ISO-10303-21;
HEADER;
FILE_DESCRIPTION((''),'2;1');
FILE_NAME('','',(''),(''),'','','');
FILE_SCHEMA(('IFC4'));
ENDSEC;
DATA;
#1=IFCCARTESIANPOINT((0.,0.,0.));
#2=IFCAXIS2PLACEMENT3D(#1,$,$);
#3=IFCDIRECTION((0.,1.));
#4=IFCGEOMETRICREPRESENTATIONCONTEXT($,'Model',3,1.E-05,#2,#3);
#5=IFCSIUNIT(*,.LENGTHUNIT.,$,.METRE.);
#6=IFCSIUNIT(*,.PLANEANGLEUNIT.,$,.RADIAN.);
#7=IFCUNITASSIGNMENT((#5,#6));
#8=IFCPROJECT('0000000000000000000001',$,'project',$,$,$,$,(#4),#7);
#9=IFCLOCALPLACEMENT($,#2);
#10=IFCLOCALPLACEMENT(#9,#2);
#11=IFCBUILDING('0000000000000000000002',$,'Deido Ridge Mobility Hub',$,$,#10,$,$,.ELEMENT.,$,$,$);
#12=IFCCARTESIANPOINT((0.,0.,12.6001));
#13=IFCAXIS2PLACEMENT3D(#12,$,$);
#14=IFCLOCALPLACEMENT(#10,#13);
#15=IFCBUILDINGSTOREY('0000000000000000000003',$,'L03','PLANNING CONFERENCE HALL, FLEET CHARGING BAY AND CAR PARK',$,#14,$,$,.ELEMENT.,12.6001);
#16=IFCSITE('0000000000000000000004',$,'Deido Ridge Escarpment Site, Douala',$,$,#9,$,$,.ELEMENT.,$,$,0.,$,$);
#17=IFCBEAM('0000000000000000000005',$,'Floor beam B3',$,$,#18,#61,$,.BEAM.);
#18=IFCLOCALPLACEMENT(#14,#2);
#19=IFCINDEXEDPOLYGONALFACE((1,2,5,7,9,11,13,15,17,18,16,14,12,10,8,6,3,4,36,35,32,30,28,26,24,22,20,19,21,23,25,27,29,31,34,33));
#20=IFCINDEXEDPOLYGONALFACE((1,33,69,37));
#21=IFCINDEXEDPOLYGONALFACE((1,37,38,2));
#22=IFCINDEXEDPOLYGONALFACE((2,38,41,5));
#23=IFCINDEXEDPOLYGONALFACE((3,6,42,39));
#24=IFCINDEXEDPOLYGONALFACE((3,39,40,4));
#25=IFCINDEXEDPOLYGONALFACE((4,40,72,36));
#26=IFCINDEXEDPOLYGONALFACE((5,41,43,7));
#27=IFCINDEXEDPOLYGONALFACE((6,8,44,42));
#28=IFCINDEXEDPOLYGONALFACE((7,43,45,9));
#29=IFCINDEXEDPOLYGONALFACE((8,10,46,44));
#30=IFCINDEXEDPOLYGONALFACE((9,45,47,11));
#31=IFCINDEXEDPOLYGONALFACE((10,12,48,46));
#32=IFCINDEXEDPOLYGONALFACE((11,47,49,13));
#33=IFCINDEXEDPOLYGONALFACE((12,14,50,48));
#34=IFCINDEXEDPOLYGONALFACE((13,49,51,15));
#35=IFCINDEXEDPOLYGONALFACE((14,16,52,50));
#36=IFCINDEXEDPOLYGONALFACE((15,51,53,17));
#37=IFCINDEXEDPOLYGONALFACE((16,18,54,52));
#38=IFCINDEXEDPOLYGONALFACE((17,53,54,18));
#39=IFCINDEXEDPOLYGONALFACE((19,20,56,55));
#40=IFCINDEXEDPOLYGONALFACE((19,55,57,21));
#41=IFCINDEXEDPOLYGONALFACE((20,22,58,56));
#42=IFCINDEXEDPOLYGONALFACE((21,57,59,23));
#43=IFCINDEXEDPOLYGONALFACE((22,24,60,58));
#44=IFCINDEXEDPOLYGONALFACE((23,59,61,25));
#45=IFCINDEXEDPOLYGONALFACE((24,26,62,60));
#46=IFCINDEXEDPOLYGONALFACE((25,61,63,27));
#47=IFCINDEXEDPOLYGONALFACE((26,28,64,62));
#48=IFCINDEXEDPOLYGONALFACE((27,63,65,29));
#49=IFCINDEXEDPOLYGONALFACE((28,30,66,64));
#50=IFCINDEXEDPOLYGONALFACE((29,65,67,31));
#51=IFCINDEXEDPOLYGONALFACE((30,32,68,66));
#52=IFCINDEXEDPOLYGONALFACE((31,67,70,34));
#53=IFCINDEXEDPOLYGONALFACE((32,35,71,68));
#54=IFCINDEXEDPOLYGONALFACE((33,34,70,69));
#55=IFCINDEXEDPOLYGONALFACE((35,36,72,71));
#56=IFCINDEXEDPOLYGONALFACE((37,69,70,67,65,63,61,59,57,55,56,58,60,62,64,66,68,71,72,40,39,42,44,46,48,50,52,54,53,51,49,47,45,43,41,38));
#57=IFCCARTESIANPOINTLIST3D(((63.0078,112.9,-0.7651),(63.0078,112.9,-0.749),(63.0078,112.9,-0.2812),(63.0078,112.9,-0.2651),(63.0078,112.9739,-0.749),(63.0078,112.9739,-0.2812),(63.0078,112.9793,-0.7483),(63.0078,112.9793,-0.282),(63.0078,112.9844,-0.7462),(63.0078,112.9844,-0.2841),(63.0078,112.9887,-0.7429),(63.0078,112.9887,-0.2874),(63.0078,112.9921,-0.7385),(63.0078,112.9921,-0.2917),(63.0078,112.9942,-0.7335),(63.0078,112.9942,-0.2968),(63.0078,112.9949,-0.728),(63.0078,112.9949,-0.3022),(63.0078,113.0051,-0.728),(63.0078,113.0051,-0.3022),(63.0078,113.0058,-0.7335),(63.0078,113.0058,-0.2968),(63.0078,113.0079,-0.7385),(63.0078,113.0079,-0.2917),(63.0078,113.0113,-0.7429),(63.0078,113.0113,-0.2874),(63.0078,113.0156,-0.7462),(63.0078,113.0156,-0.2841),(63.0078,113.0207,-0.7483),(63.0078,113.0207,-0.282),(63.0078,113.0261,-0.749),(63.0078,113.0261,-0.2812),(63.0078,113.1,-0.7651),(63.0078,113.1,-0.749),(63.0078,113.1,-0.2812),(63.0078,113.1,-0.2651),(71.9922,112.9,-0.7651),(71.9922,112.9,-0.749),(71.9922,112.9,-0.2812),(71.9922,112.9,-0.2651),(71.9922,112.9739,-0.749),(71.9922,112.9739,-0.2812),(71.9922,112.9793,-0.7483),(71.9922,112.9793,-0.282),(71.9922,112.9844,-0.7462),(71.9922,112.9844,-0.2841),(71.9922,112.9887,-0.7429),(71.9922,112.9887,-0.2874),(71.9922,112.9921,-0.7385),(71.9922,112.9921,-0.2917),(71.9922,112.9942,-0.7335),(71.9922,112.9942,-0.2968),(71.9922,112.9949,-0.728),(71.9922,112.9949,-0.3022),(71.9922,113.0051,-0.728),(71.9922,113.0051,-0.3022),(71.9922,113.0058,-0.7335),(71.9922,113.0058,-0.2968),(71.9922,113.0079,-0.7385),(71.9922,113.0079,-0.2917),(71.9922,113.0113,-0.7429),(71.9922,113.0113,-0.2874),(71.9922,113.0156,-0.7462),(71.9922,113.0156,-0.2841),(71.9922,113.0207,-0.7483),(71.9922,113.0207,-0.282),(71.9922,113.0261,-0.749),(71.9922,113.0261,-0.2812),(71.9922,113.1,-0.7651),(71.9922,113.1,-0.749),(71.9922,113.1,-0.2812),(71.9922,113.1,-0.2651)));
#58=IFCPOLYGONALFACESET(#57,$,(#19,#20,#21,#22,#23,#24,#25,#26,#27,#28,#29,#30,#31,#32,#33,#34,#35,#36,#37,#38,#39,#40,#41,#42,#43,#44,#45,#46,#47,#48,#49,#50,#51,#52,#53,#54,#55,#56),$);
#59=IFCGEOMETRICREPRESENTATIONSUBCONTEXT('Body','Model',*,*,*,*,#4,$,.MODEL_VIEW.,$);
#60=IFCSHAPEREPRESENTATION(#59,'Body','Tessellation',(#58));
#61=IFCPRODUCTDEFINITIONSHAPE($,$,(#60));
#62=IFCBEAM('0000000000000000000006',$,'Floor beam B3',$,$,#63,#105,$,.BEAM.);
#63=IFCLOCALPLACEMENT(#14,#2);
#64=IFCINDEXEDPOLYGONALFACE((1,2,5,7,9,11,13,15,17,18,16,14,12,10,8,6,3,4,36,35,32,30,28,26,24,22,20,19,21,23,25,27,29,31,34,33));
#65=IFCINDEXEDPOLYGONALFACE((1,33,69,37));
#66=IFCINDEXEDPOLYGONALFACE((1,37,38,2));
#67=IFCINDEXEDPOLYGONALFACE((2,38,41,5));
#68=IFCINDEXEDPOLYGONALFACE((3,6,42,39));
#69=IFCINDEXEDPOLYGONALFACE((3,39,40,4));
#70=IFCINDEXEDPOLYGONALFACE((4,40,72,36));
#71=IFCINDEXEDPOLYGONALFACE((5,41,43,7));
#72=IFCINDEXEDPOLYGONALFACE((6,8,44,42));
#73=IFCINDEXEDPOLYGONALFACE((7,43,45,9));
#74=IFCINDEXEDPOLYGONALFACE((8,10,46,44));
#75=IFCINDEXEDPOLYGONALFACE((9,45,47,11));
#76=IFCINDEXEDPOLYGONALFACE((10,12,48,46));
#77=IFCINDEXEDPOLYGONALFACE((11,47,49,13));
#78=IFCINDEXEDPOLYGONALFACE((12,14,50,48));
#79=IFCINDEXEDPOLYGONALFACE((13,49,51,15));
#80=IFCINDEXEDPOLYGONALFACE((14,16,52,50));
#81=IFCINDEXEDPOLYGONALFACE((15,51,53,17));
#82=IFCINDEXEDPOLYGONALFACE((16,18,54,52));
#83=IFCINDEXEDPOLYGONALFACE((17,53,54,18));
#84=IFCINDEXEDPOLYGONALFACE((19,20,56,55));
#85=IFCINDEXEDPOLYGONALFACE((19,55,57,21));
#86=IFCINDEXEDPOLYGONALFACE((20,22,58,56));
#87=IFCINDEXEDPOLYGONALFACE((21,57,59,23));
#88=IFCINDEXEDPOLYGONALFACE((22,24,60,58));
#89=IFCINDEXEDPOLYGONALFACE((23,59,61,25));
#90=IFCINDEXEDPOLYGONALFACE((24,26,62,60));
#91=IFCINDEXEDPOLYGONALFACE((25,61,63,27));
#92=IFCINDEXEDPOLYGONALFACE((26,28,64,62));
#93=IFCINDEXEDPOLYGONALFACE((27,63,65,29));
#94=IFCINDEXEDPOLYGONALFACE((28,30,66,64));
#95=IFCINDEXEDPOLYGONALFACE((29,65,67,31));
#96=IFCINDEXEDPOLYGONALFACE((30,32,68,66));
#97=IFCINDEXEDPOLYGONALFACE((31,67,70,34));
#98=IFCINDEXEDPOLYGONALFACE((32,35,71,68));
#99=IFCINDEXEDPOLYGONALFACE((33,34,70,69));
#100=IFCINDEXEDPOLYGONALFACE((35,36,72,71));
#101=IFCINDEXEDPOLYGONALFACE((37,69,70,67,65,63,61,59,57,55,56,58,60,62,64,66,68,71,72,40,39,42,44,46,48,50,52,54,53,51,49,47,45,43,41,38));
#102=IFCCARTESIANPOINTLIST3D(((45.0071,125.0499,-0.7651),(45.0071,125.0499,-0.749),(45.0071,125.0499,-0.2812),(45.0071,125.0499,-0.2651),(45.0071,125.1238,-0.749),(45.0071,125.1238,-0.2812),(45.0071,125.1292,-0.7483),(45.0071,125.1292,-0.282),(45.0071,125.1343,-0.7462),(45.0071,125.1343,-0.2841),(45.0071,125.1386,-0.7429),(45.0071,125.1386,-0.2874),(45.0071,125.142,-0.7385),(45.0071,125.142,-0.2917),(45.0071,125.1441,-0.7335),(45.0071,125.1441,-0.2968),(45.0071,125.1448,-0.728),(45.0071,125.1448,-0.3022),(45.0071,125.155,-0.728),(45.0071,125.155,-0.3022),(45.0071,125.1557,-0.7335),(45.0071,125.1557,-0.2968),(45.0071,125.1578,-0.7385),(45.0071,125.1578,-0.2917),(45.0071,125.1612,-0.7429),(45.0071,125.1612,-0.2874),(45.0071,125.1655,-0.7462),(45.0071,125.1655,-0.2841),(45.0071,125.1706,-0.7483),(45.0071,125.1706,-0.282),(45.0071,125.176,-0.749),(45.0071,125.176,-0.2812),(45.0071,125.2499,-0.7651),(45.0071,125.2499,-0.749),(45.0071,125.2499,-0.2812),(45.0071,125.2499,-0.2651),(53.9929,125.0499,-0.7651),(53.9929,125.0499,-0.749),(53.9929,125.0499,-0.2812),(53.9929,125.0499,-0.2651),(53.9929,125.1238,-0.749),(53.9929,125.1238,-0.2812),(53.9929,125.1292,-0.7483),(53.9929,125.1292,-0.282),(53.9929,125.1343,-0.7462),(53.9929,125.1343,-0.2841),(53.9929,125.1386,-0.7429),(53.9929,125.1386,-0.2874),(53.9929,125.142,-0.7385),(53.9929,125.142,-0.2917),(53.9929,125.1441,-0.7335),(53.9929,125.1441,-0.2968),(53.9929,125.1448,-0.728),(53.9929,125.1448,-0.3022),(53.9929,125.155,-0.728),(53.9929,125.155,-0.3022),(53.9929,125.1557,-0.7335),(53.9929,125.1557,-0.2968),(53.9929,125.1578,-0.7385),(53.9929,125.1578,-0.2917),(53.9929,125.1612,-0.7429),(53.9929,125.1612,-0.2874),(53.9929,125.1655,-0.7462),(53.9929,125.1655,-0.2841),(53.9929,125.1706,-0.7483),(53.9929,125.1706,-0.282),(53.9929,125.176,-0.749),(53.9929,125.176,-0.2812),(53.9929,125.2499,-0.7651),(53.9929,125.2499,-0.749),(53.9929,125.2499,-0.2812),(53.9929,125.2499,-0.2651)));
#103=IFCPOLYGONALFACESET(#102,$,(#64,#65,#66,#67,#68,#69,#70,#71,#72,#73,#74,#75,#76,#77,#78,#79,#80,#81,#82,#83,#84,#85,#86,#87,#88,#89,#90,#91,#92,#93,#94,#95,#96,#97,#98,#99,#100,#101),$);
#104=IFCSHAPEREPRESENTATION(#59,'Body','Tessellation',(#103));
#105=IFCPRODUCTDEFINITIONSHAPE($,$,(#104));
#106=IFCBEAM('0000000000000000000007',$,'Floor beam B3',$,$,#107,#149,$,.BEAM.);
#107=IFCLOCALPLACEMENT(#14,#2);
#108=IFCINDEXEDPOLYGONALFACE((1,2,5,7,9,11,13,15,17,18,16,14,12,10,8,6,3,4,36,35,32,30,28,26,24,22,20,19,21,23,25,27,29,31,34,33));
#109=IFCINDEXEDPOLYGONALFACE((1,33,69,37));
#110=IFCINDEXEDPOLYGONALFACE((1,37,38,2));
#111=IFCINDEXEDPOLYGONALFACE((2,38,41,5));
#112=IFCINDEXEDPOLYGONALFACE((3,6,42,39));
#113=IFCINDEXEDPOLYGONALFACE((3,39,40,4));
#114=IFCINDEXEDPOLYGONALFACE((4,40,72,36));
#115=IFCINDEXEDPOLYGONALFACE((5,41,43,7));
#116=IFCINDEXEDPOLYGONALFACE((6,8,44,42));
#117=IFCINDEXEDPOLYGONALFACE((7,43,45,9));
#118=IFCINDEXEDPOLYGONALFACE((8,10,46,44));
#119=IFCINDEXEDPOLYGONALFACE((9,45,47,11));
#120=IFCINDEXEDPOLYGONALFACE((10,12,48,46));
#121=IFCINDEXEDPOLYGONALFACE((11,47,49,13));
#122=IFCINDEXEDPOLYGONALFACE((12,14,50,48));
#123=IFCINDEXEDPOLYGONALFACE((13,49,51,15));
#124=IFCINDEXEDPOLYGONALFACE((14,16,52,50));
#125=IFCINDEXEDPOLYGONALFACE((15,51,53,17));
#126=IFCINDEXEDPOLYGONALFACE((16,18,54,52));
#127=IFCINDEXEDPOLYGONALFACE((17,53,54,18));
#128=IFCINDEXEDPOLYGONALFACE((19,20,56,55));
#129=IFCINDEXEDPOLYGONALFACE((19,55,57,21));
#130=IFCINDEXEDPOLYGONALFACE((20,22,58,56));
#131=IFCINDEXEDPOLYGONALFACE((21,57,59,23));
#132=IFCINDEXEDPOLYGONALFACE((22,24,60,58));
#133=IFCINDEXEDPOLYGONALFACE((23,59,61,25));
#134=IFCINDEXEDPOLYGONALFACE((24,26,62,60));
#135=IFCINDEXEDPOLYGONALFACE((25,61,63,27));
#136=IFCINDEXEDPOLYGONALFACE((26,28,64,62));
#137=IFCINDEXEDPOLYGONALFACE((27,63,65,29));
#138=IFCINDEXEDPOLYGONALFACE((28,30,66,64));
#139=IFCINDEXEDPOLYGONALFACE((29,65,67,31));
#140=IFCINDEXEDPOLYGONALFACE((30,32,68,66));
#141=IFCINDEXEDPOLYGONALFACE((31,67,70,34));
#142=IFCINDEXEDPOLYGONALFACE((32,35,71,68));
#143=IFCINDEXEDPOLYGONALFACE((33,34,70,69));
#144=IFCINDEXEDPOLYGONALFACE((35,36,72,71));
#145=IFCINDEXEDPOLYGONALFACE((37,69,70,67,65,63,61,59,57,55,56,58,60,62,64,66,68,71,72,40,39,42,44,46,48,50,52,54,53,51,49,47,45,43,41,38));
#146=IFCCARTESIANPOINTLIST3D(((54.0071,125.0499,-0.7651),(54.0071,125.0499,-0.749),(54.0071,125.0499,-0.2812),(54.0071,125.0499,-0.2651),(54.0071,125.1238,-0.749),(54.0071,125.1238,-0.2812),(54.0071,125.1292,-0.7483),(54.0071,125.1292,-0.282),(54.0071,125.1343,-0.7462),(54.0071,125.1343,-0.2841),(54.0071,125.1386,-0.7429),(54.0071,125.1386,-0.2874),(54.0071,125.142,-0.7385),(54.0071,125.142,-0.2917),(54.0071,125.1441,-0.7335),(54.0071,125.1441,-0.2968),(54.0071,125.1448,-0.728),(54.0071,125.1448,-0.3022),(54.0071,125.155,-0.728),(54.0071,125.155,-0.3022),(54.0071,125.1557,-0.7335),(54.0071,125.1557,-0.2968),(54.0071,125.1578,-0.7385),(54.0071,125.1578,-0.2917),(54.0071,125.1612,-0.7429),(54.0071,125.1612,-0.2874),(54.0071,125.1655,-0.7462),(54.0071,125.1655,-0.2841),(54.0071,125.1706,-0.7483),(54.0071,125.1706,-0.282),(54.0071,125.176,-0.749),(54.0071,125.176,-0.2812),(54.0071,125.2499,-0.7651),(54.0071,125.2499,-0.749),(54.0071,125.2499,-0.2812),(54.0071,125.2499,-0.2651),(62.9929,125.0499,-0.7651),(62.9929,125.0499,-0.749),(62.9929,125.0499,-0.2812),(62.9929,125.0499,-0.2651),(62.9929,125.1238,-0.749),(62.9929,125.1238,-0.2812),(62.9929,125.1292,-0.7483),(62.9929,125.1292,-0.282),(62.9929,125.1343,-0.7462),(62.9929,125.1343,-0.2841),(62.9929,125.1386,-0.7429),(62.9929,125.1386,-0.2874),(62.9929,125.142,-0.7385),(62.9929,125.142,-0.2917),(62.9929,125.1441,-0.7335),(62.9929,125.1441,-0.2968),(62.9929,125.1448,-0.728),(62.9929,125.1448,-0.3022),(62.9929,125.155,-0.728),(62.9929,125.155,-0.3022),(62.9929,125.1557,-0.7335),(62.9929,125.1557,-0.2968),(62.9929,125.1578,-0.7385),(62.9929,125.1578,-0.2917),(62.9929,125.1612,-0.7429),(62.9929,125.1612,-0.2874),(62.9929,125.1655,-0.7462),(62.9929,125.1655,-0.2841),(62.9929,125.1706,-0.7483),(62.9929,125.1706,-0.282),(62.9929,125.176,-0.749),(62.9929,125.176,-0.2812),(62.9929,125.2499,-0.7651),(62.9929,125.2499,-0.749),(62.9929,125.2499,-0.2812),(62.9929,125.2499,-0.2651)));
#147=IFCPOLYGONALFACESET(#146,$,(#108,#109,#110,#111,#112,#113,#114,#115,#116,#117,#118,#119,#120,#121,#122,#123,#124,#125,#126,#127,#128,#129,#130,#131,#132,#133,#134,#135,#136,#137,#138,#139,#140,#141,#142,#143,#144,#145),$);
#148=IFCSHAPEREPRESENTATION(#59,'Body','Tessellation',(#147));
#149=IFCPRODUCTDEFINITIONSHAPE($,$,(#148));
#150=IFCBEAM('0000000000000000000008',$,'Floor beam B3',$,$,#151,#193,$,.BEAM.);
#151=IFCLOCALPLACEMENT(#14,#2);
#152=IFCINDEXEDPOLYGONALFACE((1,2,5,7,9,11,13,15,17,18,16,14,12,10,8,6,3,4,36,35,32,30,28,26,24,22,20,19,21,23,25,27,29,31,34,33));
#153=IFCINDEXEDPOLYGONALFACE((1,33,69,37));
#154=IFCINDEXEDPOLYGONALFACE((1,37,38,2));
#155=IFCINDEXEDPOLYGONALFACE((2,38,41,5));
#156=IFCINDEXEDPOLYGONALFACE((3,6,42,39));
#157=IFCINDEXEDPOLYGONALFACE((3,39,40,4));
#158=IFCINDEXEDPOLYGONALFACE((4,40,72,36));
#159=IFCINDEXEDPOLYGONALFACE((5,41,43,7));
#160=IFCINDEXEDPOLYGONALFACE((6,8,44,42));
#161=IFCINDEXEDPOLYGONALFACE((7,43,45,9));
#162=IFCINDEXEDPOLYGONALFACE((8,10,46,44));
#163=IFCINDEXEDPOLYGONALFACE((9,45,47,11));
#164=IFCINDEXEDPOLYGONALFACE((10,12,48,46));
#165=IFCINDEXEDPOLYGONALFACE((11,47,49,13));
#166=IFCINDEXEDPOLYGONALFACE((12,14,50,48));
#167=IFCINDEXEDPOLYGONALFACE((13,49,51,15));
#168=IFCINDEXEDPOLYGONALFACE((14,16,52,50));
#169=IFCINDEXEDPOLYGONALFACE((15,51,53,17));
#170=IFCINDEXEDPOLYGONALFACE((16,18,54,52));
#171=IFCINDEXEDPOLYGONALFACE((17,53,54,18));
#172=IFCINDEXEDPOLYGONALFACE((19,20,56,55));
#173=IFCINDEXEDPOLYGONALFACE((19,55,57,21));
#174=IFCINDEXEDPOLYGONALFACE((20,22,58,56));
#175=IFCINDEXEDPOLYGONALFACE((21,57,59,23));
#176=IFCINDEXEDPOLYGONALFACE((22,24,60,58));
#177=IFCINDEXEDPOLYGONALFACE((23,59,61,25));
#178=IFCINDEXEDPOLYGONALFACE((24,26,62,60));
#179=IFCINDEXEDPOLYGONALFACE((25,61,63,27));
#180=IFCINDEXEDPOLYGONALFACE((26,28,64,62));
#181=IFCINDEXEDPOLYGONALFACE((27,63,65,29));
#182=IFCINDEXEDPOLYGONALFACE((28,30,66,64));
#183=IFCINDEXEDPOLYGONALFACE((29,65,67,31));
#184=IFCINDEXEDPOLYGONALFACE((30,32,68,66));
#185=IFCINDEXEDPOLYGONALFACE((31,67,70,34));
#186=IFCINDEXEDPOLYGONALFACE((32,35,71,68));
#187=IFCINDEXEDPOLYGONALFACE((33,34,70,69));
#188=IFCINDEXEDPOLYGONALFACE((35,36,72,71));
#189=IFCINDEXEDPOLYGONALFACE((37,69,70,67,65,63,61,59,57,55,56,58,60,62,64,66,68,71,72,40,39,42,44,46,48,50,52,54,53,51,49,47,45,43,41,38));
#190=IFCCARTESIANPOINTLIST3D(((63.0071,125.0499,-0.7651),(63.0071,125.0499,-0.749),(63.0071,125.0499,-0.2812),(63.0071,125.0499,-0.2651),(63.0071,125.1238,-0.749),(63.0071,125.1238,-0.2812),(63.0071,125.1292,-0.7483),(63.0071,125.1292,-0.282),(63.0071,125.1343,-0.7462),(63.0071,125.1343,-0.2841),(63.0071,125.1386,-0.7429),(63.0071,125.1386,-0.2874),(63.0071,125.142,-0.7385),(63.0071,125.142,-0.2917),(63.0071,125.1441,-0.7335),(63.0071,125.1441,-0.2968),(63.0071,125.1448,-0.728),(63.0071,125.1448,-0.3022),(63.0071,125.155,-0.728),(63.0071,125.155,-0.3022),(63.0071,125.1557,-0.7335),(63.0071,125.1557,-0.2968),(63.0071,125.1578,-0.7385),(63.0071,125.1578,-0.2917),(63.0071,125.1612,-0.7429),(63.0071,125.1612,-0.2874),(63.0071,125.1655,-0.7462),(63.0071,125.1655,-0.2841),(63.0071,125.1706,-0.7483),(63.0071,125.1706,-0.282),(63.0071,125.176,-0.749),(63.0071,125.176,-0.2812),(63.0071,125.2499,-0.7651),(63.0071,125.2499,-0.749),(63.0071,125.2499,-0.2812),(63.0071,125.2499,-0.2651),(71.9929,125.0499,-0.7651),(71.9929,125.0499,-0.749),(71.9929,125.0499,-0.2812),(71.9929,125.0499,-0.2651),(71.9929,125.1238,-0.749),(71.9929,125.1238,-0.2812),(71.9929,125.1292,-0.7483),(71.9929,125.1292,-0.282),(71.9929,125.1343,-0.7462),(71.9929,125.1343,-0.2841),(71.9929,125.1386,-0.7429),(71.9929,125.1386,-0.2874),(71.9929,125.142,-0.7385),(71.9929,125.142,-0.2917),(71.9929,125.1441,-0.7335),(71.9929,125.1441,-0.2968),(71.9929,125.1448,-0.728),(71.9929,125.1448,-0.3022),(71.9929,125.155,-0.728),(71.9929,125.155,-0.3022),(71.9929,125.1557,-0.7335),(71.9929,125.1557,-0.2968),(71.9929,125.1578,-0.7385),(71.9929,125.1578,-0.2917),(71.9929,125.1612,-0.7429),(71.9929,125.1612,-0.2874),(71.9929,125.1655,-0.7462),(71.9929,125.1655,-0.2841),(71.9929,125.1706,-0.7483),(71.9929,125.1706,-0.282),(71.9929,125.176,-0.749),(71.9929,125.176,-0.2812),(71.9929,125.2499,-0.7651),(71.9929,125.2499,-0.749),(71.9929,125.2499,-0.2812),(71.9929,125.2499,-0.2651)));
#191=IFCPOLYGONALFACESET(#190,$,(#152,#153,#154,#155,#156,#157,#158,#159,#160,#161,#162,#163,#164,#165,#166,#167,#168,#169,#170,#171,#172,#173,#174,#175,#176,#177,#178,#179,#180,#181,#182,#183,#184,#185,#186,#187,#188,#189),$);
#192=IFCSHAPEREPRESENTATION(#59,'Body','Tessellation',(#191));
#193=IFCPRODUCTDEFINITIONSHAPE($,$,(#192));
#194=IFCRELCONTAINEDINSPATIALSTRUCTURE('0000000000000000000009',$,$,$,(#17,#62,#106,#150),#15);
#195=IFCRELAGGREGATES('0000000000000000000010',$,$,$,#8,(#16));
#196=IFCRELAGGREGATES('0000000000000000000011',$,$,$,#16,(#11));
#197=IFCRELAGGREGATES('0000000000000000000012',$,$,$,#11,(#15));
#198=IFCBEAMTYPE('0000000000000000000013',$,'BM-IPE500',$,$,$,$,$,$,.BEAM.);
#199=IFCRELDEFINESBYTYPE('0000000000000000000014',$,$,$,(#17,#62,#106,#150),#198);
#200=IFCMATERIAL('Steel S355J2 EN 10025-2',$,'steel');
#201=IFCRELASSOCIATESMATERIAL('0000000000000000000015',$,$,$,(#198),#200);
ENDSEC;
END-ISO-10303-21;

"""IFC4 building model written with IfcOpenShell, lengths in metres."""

from ifc_helpers import new_model, si_unit, direction, frame, origin, origin_2d, place, context, subcontext, project, spatial, i_section, extrude, material, material_profile, profile_set, type_object, element, save


model = new_model("IFC4")

# Units and contexts
model_context = context("Model", 3, precision=1e-05, world=origin(), true_north=direction((0.0, 1.0)))
body_context = subcontext(model_context, "Body", "Model", "MODEL_VIEW")
ifc_project = project(units=[si_unit("LENGTHUNIT", "METRE"), si_unit("PLANEANGLEUNIT", "RADIAN")], contexts=[model_context])

# Site, building, storey
site_placement = place(None, origin())
site = spatial("IfcSite", under=ifc_project, at=site_placement, Name="Deido Ridge Escarpment Site, Douala", CompositionType="ELEMENT", RefElevation=0.0)
building_placement = place(site_placement, origin())
building = spatial("IfcBuilding", under=site, at=building_placement, Name="Deido Ridge Mobility Hub", CompositionType="ELEMENT")
storey_placement = place(building_placement, frame((0.0, 0.0, 12.6001)))
storey = spatial("IfcBuildingStorey", under=building, at=storey_placement, Name="L03", Description="PLANNING CONFERENCE HALL, FLEET CHARGING BAY AND CAR PARK", CompositionType="ELEMENT", Elevation=12.6001)

# Shared definitions
ifc_material_1 = material(Name="Steel S355J2 EN 10025-2", Category="steel")

# Beams
ifc_material_profile_1 = material_profile(ifc_material_1, i_section(OverallWidth=0.2, OverallDepth=0.5, WebThickness=0.0103, FlangeThickness=0.0161, FilletRadius=0.021, at=origin_2d()), Name="IPE 500")
ifc_profile_set_1 = profile_set([ifc_material_profile_1], Name="Steel S355J2 EN 10025-2")
beam_type_1 = type_object("IfcBeamType", Name="BM-IPE500", PredefinedType="BEAM", material=ifc_profile_set_1)
for number, where, z_axis, x_axis, name in (
    (1, (63.0078, 113.0, -0.5151), (1.0, 0.0, 0.0), (0.0, 1.0, 0.0), "Floor beam B3"),
):
    element("IfcBeam", number, at=place(storey_placement, frame(where, z_axis=z_axis, x_axis=x_axis)), inside=storey, type_object=beam_type_1, Name=name, PredefinedType="BEAM", context=body_context, shape_type="SweptSolid", body=[
        extrude(i_section(OverallWidth=0.2, OverallDepth=0.5, WebThickness=0.0103, FlangeThickness=0.0161, FilletRadius=0.021, at=origin_2d()), origin(), (0.0, 0.0, 1.0), 8.9844),
    ])
for number, where, z_axis, x_axis, name in (
    (2, (45.0071, 125.1499, -0.5151), (1.0, 0.0, 0.0), (0.0, 1.0, 0.0), "Floor beam B3"),
    (3, (54.0071, 125.1499, -0.5151), (1.0, 0.0, 0.0), (0.0, 1.0, 0.0), "Floor beam B3"),
    (4, (63.0071, 125.1499, -0.5151), (1.0, 0.0, 0.0), (0.0, 1.0, 0.0), "Floor beam B3"),
):
    element("IfcBeam", number, at=place(storey_placement, frame(where, z_axis=z_axis, x_axis=x_axis)), inside=storey, type_object=beam_type_1, Name=name, PredefinedType="BEAM", context=body_context, shape_type="SweptSolid", body=[
        extrude(i_section(OverallWidth=0.2, OverallDepth=0.5, WebThickness=0.0103, FlangeThickness=0.0161, FilletRadius=0.021, at=origin_2d()), origin(), (0.0, 0.0, 1.0), 8.9858),
    ])

save(model, "model.ifc")
